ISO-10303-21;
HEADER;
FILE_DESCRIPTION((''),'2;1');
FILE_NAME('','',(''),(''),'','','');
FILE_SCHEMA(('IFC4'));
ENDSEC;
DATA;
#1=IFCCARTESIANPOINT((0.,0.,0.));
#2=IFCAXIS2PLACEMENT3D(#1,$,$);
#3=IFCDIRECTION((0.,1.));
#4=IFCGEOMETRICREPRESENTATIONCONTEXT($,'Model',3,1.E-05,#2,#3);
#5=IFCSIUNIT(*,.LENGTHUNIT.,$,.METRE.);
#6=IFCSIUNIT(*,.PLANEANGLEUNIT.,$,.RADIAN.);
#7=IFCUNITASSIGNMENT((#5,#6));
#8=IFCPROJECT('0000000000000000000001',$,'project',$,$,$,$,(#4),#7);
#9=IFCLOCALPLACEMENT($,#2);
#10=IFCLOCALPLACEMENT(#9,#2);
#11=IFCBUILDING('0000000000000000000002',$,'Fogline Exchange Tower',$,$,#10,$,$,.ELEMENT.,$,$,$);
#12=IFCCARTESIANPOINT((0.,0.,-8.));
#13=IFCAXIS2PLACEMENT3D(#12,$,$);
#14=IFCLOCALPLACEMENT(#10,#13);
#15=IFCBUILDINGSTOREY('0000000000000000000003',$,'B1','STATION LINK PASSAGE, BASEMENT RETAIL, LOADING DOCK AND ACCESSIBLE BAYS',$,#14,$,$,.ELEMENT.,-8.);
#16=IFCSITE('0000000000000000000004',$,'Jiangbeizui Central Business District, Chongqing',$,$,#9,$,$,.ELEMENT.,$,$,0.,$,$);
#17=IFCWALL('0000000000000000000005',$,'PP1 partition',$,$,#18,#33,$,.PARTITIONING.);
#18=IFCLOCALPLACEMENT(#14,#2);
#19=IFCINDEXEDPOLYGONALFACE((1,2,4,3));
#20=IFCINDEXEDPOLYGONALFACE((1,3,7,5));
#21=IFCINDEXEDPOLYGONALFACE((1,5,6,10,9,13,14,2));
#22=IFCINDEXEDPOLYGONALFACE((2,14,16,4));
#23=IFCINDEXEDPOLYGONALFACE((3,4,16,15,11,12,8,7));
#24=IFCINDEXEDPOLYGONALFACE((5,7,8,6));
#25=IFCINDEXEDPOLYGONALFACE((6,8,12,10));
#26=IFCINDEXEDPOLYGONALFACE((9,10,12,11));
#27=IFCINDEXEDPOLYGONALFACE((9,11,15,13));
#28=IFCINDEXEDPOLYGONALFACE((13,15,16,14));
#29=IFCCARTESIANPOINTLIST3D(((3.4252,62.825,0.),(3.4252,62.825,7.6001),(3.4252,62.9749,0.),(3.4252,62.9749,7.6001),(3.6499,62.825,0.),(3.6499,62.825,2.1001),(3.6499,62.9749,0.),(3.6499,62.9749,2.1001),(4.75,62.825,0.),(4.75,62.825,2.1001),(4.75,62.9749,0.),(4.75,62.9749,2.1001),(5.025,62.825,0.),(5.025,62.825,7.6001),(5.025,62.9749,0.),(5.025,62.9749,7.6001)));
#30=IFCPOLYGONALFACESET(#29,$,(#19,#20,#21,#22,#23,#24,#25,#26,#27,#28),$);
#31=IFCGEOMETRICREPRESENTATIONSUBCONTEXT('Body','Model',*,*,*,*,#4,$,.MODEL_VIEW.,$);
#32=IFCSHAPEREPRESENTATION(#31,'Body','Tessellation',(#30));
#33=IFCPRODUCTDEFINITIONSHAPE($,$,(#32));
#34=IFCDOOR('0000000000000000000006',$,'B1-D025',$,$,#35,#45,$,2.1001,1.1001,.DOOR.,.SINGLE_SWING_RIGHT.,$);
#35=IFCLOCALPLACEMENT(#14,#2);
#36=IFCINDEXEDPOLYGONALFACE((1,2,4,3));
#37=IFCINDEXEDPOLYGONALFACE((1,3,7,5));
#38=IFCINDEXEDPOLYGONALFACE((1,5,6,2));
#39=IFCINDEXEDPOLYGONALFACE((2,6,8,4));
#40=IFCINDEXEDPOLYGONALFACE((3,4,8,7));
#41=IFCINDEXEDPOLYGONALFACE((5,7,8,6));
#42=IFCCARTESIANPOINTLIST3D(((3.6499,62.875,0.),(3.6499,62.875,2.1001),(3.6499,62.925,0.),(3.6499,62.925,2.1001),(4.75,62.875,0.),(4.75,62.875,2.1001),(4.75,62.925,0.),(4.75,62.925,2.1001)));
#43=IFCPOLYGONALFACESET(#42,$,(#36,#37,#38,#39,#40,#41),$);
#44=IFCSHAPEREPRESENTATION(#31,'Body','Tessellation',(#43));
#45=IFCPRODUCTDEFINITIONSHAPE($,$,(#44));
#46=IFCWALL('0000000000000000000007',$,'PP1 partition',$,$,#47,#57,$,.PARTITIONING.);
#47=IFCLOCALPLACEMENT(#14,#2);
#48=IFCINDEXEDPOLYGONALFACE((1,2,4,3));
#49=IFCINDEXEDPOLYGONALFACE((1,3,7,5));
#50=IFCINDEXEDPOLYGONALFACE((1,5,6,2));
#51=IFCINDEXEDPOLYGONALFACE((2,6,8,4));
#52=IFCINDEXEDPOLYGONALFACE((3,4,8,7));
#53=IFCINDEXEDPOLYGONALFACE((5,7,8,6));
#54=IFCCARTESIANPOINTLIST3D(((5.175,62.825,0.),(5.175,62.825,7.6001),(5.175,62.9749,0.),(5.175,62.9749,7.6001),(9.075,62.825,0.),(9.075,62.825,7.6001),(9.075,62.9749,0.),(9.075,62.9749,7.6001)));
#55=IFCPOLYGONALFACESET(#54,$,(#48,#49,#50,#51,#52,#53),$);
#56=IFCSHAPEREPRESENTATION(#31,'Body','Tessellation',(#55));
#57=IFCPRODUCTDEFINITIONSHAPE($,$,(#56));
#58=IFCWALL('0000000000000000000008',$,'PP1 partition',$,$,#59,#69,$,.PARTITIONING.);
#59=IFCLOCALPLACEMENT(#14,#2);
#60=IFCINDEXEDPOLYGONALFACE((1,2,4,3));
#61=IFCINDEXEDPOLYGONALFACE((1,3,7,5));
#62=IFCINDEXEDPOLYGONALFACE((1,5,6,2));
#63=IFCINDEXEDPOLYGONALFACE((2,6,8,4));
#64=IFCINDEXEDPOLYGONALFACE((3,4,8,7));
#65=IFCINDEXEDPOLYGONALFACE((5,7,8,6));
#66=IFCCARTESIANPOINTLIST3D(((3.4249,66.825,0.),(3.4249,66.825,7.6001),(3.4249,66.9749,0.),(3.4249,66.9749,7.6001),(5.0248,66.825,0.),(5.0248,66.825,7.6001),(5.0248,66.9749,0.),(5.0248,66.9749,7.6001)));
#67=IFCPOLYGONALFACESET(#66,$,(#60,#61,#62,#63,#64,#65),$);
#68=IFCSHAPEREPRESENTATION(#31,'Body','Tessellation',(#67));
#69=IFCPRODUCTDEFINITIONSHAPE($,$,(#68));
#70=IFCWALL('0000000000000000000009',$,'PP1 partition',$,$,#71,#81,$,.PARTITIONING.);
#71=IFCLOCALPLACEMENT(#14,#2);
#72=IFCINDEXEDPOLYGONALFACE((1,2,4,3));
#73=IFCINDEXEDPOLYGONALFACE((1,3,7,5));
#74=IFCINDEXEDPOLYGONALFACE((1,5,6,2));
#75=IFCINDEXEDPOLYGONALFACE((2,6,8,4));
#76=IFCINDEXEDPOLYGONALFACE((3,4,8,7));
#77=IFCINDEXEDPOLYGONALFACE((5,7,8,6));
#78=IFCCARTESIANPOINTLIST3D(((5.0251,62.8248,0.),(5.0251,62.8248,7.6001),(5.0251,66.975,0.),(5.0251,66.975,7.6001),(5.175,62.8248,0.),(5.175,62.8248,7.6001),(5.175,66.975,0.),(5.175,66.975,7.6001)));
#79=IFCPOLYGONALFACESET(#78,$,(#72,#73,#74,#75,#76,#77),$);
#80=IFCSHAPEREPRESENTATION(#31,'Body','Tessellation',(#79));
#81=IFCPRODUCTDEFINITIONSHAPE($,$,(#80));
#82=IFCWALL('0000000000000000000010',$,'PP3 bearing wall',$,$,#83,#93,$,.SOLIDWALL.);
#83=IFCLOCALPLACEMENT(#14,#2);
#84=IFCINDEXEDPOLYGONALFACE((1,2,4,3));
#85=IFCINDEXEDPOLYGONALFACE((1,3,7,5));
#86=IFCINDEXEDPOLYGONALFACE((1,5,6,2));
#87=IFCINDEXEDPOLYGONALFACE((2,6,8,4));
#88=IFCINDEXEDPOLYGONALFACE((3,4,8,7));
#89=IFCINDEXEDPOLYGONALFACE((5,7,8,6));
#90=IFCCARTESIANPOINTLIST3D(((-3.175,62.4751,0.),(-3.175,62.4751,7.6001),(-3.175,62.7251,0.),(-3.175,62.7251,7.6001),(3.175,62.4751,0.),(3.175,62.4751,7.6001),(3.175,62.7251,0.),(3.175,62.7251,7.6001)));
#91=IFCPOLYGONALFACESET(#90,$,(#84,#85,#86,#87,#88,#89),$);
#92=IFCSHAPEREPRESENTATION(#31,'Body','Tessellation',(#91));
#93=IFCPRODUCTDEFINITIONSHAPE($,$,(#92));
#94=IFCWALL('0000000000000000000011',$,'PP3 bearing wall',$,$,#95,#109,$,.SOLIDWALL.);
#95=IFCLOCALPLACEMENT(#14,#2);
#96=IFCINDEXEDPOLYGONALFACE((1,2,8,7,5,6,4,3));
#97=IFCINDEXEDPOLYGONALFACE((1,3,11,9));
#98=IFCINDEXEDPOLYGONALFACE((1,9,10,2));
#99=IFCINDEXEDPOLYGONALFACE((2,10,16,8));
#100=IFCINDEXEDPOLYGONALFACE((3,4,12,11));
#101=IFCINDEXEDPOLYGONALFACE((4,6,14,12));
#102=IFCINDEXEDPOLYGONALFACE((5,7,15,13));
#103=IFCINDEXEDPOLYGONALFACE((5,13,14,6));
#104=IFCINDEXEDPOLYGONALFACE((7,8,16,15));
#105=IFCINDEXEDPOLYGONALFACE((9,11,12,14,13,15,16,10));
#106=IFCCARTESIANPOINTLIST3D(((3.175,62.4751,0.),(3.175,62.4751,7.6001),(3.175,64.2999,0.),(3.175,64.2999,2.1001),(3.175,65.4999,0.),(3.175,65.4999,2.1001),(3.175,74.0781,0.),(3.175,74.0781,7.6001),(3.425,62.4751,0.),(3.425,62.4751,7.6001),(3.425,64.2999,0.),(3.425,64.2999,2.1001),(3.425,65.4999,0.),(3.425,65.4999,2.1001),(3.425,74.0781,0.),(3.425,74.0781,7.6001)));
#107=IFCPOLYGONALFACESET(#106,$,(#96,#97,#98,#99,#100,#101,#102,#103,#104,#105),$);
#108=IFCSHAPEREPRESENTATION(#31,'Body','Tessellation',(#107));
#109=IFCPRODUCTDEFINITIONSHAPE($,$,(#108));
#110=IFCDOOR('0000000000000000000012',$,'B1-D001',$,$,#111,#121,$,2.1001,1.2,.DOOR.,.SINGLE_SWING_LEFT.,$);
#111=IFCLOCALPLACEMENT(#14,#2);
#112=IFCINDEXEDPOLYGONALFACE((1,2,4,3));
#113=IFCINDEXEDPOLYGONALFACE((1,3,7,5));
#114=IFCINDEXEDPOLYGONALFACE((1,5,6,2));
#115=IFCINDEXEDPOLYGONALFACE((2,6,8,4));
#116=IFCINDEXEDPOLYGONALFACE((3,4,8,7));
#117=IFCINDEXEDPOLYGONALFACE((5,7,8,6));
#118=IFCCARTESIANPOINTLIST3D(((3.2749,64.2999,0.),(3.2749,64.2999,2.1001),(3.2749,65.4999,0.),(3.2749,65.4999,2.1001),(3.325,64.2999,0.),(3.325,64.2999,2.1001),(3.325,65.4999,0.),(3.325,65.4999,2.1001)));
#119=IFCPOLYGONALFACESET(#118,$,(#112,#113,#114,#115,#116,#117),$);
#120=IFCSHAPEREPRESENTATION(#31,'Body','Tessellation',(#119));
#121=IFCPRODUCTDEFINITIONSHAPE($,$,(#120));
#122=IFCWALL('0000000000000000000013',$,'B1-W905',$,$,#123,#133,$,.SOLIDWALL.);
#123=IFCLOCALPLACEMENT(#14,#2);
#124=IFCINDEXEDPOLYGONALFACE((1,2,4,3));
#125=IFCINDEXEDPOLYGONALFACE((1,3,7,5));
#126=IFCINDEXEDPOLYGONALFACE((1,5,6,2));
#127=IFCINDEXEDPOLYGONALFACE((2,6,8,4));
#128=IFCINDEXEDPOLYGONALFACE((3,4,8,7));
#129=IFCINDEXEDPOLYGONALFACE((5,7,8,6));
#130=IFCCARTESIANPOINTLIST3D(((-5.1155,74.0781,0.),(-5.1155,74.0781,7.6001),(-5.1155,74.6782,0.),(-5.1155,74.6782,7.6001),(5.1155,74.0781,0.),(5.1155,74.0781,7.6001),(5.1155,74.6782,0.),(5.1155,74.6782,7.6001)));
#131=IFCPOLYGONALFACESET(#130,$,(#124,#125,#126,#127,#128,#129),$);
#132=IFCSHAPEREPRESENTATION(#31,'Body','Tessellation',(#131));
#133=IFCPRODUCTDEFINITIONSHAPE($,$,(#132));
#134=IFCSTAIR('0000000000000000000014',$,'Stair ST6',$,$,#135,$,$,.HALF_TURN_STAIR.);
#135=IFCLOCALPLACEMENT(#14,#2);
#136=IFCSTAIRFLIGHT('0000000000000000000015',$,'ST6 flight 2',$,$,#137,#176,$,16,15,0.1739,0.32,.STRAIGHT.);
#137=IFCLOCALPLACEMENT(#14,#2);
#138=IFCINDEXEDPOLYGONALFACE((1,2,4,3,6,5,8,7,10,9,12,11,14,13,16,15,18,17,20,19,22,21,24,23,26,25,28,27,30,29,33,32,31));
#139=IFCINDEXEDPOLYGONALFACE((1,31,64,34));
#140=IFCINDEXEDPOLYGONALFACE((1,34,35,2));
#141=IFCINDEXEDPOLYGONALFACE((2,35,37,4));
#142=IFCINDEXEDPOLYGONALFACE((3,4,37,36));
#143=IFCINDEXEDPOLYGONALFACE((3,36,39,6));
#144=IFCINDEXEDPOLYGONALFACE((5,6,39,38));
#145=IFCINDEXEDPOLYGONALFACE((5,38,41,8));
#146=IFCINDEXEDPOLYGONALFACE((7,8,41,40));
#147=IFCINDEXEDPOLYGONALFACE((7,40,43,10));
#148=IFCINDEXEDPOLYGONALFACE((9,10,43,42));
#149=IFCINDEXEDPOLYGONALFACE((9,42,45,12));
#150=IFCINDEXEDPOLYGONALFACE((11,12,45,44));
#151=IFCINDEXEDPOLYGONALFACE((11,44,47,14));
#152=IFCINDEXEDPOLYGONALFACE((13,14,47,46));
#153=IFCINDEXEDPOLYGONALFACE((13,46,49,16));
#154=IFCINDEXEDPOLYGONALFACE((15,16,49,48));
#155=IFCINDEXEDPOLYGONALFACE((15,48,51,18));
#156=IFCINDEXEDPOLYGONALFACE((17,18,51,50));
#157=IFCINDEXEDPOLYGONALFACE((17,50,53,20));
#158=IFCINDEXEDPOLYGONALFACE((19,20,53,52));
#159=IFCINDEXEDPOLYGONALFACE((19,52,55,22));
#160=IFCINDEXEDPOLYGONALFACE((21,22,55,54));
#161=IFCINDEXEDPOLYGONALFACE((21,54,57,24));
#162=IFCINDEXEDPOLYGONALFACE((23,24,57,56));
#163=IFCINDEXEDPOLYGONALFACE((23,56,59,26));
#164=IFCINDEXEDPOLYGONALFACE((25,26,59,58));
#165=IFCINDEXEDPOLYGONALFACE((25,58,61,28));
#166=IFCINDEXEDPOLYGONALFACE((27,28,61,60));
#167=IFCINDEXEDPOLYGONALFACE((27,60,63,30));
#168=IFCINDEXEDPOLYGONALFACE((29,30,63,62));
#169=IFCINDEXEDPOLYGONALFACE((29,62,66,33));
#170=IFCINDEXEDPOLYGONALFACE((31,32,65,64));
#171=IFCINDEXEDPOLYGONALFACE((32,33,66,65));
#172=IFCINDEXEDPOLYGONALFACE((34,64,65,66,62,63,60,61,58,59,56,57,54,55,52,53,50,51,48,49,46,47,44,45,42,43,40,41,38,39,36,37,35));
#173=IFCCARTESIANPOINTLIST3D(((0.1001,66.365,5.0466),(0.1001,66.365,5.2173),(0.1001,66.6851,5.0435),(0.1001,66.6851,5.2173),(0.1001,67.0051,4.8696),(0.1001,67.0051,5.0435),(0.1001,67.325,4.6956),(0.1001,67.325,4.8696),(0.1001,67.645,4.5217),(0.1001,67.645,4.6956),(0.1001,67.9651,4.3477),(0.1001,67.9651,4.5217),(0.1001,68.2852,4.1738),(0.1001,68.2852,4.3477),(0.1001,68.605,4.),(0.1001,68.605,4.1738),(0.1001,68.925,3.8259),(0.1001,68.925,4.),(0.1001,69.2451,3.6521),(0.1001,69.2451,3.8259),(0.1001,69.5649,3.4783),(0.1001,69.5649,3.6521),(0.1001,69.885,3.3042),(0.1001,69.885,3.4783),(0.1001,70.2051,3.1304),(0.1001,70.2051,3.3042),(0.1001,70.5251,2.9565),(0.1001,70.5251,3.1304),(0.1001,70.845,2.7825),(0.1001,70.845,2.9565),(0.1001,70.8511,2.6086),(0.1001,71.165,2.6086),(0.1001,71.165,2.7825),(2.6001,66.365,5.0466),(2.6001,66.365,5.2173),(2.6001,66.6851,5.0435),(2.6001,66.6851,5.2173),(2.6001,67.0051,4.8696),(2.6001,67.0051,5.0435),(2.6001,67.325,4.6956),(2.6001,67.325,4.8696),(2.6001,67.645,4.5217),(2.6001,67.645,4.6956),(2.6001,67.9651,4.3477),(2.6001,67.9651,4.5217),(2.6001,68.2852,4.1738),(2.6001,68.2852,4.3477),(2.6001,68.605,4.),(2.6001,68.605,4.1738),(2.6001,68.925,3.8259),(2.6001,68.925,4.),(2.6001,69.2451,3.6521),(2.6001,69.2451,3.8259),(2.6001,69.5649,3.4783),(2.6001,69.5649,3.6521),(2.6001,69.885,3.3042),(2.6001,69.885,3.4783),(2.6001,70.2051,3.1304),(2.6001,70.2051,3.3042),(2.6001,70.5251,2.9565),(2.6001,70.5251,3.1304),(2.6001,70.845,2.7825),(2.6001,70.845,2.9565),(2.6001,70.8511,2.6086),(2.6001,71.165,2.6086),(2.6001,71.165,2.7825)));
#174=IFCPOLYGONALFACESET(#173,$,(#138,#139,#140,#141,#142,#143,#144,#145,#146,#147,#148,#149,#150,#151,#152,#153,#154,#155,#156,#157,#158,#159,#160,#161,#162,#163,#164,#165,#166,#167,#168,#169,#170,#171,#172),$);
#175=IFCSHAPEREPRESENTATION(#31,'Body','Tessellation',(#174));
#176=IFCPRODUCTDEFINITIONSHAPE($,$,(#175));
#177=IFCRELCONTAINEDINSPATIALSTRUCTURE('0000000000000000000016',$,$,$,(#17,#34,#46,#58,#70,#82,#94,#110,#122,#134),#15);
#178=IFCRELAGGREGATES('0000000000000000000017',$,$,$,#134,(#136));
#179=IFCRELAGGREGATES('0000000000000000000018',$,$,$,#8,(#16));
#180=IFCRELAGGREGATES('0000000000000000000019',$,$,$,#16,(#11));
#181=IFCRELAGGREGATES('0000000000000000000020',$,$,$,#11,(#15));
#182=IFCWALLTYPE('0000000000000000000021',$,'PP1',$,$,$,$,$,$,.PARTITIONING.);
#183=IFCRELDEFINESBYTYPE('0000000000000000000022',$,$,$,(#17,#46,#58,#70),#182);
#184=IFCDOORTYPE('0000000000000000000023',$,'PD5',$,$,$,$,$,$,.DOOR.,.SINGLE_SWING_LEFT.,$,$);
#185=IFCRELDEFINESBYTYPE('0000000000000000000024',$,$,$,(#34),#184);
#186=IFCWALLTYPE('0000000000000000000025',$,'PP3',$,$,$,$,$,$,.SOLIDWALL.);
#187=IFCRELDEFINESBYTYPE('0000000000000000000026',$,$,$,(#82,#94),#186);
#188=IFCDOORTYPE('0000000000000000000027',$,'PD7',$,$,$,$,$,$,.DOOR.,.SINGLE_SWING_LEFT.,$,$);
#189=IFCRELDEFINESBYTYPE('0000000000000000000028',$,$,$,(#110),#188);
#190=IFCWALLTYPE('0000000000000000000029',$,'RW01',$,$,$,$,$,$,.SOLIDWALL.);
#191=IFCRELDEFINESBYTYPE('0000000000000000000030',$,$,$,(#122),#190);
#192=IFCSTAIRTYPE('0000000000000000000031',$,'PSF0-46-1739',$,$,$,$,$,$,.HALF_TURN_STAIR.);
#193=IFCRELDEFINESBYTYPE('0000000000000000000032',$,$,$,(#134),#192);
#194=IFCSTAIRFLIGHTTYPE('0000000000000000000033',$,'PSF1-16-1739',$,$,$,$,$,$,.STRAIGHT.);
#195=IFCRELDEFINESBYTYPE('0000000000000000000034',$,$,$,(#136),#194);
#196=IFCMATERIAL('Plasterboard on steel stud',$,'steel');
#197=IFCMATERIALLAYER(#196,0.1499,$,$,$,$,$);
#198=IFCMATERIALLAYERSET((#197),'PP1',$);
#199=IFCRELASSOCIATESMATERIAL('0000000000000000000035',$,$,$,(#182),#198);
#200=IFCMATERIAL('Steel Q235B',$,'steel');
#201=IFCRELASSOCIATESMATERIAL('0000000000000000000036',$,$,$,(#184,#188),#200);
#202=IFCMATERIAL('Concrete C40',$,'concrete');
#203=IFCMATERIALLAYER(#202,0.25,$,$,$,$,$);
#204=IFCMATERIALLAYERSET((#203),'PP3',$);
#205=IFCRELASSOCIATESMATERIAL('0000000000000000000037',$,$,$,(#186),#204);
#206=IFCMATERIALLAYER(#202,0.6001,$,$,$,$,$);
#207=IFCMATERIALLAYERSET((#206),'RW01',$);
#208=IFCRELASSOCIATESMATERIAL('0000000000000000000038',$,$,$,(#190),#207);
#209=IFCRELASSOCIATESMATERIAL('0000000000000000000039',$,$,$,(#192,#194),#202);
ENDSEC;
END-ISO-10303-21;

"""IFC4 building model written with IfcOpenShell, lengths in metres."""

from ifc_helpers import new_model, si_unit, direction, frame, frame_2d, origin, place, context, subcontext, project, spatial, polyline, rectangle, outline, extrude, material, layer, layer_set, type_object, element, fill, aggregate, save


model = new_model("IFC4")

# Units and contexts
model_context = context("Model", 3, precision=1e-05, world=origin(), true_north=direction((0.0, 1.0)))
body_context = subcontext(model_context, "Body", "Model", "MODEL_VIEW")
ifc_project = project(units=[si_unit("LENGTHUNIT", "METRE"), si_unit("PLANEANGLEUNIT", "RADIAN")], contexts=[model_context])

# Site, building, storey
site_placement = place(None, origin())
site = spatial("IfcSite", under=ifc_project, at=site_placement, Name="Jiangbeizui Central Business District, Chongqing", CompositionType="ELEMENT", RefElevation=0.0)
building_placement = place(site_placement, origin())
building = spatial("IfcBuilding", under=site, at=building_placement, Name="Fogline Exchange Tower", CompositionType="ELEMENT")
storey_placement = place(building_placement, frame((0.0, 0.0, -8.0)))
storey = spatial("IfcBuildingStorey", under=building, at=storey_placement, Name="B1", Description="STATION LINK PASSAGE, BASEMENT RETAIL, LOADING DOCK AND ACCESSIBLE BAYS", CompositionType="ELEMENT", Elevation=-8.0)

# Shared definitions
ifc_material_1 = material(Name="Plasterboard on steel stud", Category="steel")
ifc_layer_1 = layer(ifc_material_1, 0.1499)
ifc_layer_set_1 = layer_set([ifc_layer_1], Name="PP1")
wall_type_1 = type_object("IfcWallType", Name="PP1", PredefinedType="PARTITIONING", material=ifc_layer_set_1)

# Wall, opening, door
wall_1_placement = place(storey_placement, frame((5.0249, 62.8999, 0.0), z_axis=(0.0, 0.0, 1.0), x_axis=(-1.0, 0.0, 0.0)))
wall_1 = element("IfcWall", 1, at=wall_1_placement, inside=storey, type_object=wall_type_1, Name="PP1 partition", PredefinedType="PARTITIONING", context=body_context, shape_type="SweptSolid", body=[
    extrude(rectangle(XDim=1.5999, YDim=0.1499, at=frame_2d((0.7998, 0.0))), origin(), (0.0, 0.0, 1.0), 7.6001),
])
opening_1_placement = place(wall_1_placement, frame((0.2749, 0.0, 0.0)))
opening_1 = element("IfcOpeningElement", 2, at=opening_1_placement, cuts=wall_1, PredefinedType="OPENING", context=body_context, shape_type="SweptSolid", body=[
    extrude(rectangle(XDim=1.1001, YDim=2.1001, at=frame_2d((0.55, 1.05))), frame((0.0, 0.085, 0.0), z_axis=(0.0, -1.0, 0.0), x_axis=(1.0, 0.0, 0.0)), (0.0, 0.0, 1.0), 0.1699),
])
ifc_material_2 = material(Name="Steel Q235B", Category="steel")
door_type_1 = type_object("IfcDoorType", Name="PD5", OperationType="SINGLE_SWING_LEFT", PredefinedType="DOOR", material=ifc_material_2)
door_1_placement = place(opening_1_placement, origin())
door_1 = element("IfcDoor", 3, at=door_1_placement, inside=storey, type_object=door_type_1, Name="B1-D025", OperationType="SINGLE_SWING_RIGHT", OverallHeight=2.1001, OverallWidth=1.1001, PredefinedType="DOOR", context=body_context, shape_type="SweptSolid", body=[
    extrude(rectangle(XDim=1.1001, YDim=2.1001, at=frame_2d((0.55, 1.05))), frame((0.0, 0.0249, 0.0), z_axis=(0.0, -1.0, 0.0), x_axis=(1.0, 0.0, 0.0)), (0.0, 0.0, 1.0), 0.05),
])
fill(opening_1, door_1)

# Walls
wall_2_placement = place(storey_placement, frame((5.175, 62.8999, 0.0), z_axis=(0.0, 0.0, 1.0), x_axis=(1.0, 0.0, 0.0)))
element("IfcWall", 4, at=wall_2_placement, inside=storey, type_object=wall_type_1, Name="PP1 partition", PredefinedType="PARTITIONING", context=body_context, shape_type="SweptSolid", body=[
    extrude(rectangle(XDim=3.8999, YDim=0.1499, at=frame_2d((1.95, 0.0))), origin(), (0.0, 0.0, 1.0), 7.6001),
])
wall_3_placement = place(storey_placement, frame((3.425, 66.8999, 0.0), z_axis=(0.0, 0.0, 1.0), x_axis=(1.0, 0.0, 0.0)))
element("IfcWall", 5, at=wall_3_placement, inside=storey, type_object=wall_type_1, Name="PP1 partition", PredefinedType="PARTITIONING", context=body_context, shape_type="SweptSolid", body=[
    extrude(rectangle(XDim=1.5999, YDim=0.1499, at=frame_2d((0.7998, 0.0))), origin(), (0.0, 0.0, 1.0), 7.6001),
])
wall_4_placement = place(storey_placement, frame((5.1001, 66.9751, 0.0), z_axis=(0.0, 0.0, 1.0), x_axis=(0.0, -1.0, 0.0)))
element("IfcWall", 6, at=wall_4_placement, inside=storey, type_object=wall_type_1, Name="PP1 partition", PredefinedType="PARTITIONING", context=body_context, shape_type="SweptSolid", body=[
    extrude(rectangle(XDim=4.1501, YDim=0.1499, at=frame_2d((2.0752, 0.0))), origin(), (0.0, 0.0, 1.0), 7.6001),
])
ifc_material_3 = material(Name="Concrete C40", Category="concrete")
ifc_layer_2 = layer(ifc_material_3, 0.25)
ifc_layer_set_2 = layer_set([ifc_layer_2], Name="PP3")
wall_type_2 = type_object("IfcWallType", Name="PP3", PredefinedType="SOLIDWALL", material=ifc_layer_set_2)
wall_5_placement = place(storey_placement, frame((3.175, 62.6001, 0.0), z_axis=(0.0, 0.0, 1.0), x_axis=(-1.0, 0.0, 0.0)))
element("IfcWall", 7, at=wall_5_placement, inside=storey, type_object=wall_type_2, Name="PP3 bearing wall", PredefinedType="SOLIDWALL", context=body_context, shape_type="SweptSolid", body=[
    extrude(rectangle(XDim=6.3501, YDim=0.25, at=frame_2d((3.175, 0.0))), origin(), (0.0, 0.0, 1.0), 7.6001),
])

# Wall, opening, door
wall_6_placement = place(storey_placement, frame((3.3, 74.0781, 0.0), z_axis=(0.0, 0.0, 1.0), x_axis=(0.0, -1.0, 0.0)))
wall_6 = element("IfcWall", 8, at=wall_6_placement, inside=storey, type_object=wall_type_2, Name="PP3 bearing wall", PredefinedType="SOLIDWALL", context=body_context, shape_type="SweptSolid", body=[
    extrude(rectangle(XDim=11.603, YDim=0.25, at=frame_2d((5.8015, 0.0))), origin(), (0.0, 0.0, 1.0), 7.6001),
])
opening_2_placement = place(wall_6_placement, frame((8.5781, 0.0, 0.0)))
opening_2 = element("IfcOpeningElement", 9, at=opening_2_placement, cuts=wall_6, PredefinedType="OPENING", context=body_context, shape_type="SweptSolid", body=[
    extrude(rectangle(XDim=1.2, YDim=2.1001, at=frame_2d((0.6001, 1.05))), frame((0.0, 0.135, 0.0), z_axis=(0.0, -1.0, 0.0), x_axis=(1.0, 0.0, 0.0)), (0.0, 0.0, 1.0), 0.27),
])
door_type_2 = type_object("IfcDoorType", Name="PD7", OperationType="SINGLE_SWING_LEFT", PredefinedType="DOOR", material=ifc_material_2)
door_2_placement = place(opening_2_placement, origin())
door_2 = element("IfcDoor", 10, at=door_2_placement, inside=storey, type_object=door_type_2, Name="B1-D001", OperationType="SINGLE_SWING_LEFT", OverallHeight=2.1001, OverallWidth=1.2, PredefinedType="DOOR", context=body_context, shape_type="SweptSolid", body=[
    extrude(rectangle(XDim=1.2, YDim=2.1001, at=frame_2d((0.6001, 1.05))), frame((0.0, 0.0249, 0.0), z_axis=(0.0, -1.0, 0.0), x_axis=(1.0, 0.0, 0.0)), (0.0, 0.0, 1.0), 0.05),
])
fill(opening_2, door_2)

# Wall
ifc_layer_3 = layer(ifc_material_3, 0.6001)
ifc_layer_set_3 = layer_set([ifc_layer_3], Name="RW01")
wall_type_3 = type_object("IfcWallType", Name="RW01", PredefinedType="SOLIDWALL", material=ifc_layer_set_3)
wall_7_placement = place(storey_placement, frame((5.1155, 74.3782, 0.0), z_axis=(0.0, 0.0, 1.0), x_axis=(-1.0, 0.0, 0.0)))
element("IfcWall", 11, at=wall_7_placement, inside=storey, type_object=wall_type_3, Name="B1-W905", PredefinedType="SOLIDWALL", context=body_context, shape_type="SweptSolid", body=[
    extrude(rectangle(XDim=10.231, YDim=0.6001, at=frame_2d((5.1155, 0.0))), origin(), (0.0, 0.0, 1.0), 7.6001),
])

# Stair, stair flight
stair_type = type_object("IfcStairType", Name="PSF0-46-1739", PredefinedType="HALF_TURN_STAIR", material=ifc_material_3)
stair_placement = place(storey_placement, origin())
stair = element("IfcStair", 12, at=stair_placement, inside=storey, type_object=stair_type, Name="Stair ST6", PredefinedType="HALF_TURN_STAIR")
stair_flight_type = type_object("IfcStairFlightType", Name="PSF1-16-1739", PredefinedType="STRAIGHT", material=ifc_material_3)
stair_flight_placement = place(storey_placement, frame((1.3501, 71.165, 2.6086), z_axis=(0.0, 0.0, 1.0), x_axis=(0.0, -1.0, 0.0)))
stair_flight = element("IfcStairFlight", 13, at=stair_flight_placement, type_object=stair_flight_type, Name="ST6 flight 2", NumberOfRisers=16, NumberOfTreads=15, PredefinedType="STRAIGHT", RiserHeight=0.1739, TreadLength=0.32, context=body_context, shape_type="SweptSolid", body=[
    extrude(outline(polyline([(0.0, 0.0), (0.0, 0.1738), (0.3201, 0.1738), (0.3201, 0.3479), (0.6399, 0.3479), (0.6399, 0.5217), (0.96, 0.5217), (0.96, 0.6956), (1.28, 0.6956), (1.28, 0.8696), (1.6001, 0.8696), (1.6001, 1.0435), (1.9199, 1.0435), (1.9199, 1.2173), (2.24, 1.2173), (2.24, 1.3914), (2.5601, 1.3914), (2.5601, 1.5652), (2.8799, 1.5652), (2.8799, 1.739), (3.2, 1.739), (3.2, 1.9131), (3.52, 1.9131), (3.52, 2.0869), (3.8401, 2.0869), (3.8401, 2.261), (4.1599, 2.261), (4.1599, 2.4348), (4.48, 2.4348), (4.48, 2.6086), (4.8, 2.6086), (4.8, 2.7827), (4.8, 2.438), (0.314, 0.0), (0.0, 0.0)])), frame((0.0, 1.25, 0.0), z_axis=(0.0, -1.0, 0.0), x_axis=(1.0, 0.0, 0.0)), (0.0, 0.0, 1.0), 2.5),
])
aggregate(stair, [stair_flight])

save(model, "model.ifc")
